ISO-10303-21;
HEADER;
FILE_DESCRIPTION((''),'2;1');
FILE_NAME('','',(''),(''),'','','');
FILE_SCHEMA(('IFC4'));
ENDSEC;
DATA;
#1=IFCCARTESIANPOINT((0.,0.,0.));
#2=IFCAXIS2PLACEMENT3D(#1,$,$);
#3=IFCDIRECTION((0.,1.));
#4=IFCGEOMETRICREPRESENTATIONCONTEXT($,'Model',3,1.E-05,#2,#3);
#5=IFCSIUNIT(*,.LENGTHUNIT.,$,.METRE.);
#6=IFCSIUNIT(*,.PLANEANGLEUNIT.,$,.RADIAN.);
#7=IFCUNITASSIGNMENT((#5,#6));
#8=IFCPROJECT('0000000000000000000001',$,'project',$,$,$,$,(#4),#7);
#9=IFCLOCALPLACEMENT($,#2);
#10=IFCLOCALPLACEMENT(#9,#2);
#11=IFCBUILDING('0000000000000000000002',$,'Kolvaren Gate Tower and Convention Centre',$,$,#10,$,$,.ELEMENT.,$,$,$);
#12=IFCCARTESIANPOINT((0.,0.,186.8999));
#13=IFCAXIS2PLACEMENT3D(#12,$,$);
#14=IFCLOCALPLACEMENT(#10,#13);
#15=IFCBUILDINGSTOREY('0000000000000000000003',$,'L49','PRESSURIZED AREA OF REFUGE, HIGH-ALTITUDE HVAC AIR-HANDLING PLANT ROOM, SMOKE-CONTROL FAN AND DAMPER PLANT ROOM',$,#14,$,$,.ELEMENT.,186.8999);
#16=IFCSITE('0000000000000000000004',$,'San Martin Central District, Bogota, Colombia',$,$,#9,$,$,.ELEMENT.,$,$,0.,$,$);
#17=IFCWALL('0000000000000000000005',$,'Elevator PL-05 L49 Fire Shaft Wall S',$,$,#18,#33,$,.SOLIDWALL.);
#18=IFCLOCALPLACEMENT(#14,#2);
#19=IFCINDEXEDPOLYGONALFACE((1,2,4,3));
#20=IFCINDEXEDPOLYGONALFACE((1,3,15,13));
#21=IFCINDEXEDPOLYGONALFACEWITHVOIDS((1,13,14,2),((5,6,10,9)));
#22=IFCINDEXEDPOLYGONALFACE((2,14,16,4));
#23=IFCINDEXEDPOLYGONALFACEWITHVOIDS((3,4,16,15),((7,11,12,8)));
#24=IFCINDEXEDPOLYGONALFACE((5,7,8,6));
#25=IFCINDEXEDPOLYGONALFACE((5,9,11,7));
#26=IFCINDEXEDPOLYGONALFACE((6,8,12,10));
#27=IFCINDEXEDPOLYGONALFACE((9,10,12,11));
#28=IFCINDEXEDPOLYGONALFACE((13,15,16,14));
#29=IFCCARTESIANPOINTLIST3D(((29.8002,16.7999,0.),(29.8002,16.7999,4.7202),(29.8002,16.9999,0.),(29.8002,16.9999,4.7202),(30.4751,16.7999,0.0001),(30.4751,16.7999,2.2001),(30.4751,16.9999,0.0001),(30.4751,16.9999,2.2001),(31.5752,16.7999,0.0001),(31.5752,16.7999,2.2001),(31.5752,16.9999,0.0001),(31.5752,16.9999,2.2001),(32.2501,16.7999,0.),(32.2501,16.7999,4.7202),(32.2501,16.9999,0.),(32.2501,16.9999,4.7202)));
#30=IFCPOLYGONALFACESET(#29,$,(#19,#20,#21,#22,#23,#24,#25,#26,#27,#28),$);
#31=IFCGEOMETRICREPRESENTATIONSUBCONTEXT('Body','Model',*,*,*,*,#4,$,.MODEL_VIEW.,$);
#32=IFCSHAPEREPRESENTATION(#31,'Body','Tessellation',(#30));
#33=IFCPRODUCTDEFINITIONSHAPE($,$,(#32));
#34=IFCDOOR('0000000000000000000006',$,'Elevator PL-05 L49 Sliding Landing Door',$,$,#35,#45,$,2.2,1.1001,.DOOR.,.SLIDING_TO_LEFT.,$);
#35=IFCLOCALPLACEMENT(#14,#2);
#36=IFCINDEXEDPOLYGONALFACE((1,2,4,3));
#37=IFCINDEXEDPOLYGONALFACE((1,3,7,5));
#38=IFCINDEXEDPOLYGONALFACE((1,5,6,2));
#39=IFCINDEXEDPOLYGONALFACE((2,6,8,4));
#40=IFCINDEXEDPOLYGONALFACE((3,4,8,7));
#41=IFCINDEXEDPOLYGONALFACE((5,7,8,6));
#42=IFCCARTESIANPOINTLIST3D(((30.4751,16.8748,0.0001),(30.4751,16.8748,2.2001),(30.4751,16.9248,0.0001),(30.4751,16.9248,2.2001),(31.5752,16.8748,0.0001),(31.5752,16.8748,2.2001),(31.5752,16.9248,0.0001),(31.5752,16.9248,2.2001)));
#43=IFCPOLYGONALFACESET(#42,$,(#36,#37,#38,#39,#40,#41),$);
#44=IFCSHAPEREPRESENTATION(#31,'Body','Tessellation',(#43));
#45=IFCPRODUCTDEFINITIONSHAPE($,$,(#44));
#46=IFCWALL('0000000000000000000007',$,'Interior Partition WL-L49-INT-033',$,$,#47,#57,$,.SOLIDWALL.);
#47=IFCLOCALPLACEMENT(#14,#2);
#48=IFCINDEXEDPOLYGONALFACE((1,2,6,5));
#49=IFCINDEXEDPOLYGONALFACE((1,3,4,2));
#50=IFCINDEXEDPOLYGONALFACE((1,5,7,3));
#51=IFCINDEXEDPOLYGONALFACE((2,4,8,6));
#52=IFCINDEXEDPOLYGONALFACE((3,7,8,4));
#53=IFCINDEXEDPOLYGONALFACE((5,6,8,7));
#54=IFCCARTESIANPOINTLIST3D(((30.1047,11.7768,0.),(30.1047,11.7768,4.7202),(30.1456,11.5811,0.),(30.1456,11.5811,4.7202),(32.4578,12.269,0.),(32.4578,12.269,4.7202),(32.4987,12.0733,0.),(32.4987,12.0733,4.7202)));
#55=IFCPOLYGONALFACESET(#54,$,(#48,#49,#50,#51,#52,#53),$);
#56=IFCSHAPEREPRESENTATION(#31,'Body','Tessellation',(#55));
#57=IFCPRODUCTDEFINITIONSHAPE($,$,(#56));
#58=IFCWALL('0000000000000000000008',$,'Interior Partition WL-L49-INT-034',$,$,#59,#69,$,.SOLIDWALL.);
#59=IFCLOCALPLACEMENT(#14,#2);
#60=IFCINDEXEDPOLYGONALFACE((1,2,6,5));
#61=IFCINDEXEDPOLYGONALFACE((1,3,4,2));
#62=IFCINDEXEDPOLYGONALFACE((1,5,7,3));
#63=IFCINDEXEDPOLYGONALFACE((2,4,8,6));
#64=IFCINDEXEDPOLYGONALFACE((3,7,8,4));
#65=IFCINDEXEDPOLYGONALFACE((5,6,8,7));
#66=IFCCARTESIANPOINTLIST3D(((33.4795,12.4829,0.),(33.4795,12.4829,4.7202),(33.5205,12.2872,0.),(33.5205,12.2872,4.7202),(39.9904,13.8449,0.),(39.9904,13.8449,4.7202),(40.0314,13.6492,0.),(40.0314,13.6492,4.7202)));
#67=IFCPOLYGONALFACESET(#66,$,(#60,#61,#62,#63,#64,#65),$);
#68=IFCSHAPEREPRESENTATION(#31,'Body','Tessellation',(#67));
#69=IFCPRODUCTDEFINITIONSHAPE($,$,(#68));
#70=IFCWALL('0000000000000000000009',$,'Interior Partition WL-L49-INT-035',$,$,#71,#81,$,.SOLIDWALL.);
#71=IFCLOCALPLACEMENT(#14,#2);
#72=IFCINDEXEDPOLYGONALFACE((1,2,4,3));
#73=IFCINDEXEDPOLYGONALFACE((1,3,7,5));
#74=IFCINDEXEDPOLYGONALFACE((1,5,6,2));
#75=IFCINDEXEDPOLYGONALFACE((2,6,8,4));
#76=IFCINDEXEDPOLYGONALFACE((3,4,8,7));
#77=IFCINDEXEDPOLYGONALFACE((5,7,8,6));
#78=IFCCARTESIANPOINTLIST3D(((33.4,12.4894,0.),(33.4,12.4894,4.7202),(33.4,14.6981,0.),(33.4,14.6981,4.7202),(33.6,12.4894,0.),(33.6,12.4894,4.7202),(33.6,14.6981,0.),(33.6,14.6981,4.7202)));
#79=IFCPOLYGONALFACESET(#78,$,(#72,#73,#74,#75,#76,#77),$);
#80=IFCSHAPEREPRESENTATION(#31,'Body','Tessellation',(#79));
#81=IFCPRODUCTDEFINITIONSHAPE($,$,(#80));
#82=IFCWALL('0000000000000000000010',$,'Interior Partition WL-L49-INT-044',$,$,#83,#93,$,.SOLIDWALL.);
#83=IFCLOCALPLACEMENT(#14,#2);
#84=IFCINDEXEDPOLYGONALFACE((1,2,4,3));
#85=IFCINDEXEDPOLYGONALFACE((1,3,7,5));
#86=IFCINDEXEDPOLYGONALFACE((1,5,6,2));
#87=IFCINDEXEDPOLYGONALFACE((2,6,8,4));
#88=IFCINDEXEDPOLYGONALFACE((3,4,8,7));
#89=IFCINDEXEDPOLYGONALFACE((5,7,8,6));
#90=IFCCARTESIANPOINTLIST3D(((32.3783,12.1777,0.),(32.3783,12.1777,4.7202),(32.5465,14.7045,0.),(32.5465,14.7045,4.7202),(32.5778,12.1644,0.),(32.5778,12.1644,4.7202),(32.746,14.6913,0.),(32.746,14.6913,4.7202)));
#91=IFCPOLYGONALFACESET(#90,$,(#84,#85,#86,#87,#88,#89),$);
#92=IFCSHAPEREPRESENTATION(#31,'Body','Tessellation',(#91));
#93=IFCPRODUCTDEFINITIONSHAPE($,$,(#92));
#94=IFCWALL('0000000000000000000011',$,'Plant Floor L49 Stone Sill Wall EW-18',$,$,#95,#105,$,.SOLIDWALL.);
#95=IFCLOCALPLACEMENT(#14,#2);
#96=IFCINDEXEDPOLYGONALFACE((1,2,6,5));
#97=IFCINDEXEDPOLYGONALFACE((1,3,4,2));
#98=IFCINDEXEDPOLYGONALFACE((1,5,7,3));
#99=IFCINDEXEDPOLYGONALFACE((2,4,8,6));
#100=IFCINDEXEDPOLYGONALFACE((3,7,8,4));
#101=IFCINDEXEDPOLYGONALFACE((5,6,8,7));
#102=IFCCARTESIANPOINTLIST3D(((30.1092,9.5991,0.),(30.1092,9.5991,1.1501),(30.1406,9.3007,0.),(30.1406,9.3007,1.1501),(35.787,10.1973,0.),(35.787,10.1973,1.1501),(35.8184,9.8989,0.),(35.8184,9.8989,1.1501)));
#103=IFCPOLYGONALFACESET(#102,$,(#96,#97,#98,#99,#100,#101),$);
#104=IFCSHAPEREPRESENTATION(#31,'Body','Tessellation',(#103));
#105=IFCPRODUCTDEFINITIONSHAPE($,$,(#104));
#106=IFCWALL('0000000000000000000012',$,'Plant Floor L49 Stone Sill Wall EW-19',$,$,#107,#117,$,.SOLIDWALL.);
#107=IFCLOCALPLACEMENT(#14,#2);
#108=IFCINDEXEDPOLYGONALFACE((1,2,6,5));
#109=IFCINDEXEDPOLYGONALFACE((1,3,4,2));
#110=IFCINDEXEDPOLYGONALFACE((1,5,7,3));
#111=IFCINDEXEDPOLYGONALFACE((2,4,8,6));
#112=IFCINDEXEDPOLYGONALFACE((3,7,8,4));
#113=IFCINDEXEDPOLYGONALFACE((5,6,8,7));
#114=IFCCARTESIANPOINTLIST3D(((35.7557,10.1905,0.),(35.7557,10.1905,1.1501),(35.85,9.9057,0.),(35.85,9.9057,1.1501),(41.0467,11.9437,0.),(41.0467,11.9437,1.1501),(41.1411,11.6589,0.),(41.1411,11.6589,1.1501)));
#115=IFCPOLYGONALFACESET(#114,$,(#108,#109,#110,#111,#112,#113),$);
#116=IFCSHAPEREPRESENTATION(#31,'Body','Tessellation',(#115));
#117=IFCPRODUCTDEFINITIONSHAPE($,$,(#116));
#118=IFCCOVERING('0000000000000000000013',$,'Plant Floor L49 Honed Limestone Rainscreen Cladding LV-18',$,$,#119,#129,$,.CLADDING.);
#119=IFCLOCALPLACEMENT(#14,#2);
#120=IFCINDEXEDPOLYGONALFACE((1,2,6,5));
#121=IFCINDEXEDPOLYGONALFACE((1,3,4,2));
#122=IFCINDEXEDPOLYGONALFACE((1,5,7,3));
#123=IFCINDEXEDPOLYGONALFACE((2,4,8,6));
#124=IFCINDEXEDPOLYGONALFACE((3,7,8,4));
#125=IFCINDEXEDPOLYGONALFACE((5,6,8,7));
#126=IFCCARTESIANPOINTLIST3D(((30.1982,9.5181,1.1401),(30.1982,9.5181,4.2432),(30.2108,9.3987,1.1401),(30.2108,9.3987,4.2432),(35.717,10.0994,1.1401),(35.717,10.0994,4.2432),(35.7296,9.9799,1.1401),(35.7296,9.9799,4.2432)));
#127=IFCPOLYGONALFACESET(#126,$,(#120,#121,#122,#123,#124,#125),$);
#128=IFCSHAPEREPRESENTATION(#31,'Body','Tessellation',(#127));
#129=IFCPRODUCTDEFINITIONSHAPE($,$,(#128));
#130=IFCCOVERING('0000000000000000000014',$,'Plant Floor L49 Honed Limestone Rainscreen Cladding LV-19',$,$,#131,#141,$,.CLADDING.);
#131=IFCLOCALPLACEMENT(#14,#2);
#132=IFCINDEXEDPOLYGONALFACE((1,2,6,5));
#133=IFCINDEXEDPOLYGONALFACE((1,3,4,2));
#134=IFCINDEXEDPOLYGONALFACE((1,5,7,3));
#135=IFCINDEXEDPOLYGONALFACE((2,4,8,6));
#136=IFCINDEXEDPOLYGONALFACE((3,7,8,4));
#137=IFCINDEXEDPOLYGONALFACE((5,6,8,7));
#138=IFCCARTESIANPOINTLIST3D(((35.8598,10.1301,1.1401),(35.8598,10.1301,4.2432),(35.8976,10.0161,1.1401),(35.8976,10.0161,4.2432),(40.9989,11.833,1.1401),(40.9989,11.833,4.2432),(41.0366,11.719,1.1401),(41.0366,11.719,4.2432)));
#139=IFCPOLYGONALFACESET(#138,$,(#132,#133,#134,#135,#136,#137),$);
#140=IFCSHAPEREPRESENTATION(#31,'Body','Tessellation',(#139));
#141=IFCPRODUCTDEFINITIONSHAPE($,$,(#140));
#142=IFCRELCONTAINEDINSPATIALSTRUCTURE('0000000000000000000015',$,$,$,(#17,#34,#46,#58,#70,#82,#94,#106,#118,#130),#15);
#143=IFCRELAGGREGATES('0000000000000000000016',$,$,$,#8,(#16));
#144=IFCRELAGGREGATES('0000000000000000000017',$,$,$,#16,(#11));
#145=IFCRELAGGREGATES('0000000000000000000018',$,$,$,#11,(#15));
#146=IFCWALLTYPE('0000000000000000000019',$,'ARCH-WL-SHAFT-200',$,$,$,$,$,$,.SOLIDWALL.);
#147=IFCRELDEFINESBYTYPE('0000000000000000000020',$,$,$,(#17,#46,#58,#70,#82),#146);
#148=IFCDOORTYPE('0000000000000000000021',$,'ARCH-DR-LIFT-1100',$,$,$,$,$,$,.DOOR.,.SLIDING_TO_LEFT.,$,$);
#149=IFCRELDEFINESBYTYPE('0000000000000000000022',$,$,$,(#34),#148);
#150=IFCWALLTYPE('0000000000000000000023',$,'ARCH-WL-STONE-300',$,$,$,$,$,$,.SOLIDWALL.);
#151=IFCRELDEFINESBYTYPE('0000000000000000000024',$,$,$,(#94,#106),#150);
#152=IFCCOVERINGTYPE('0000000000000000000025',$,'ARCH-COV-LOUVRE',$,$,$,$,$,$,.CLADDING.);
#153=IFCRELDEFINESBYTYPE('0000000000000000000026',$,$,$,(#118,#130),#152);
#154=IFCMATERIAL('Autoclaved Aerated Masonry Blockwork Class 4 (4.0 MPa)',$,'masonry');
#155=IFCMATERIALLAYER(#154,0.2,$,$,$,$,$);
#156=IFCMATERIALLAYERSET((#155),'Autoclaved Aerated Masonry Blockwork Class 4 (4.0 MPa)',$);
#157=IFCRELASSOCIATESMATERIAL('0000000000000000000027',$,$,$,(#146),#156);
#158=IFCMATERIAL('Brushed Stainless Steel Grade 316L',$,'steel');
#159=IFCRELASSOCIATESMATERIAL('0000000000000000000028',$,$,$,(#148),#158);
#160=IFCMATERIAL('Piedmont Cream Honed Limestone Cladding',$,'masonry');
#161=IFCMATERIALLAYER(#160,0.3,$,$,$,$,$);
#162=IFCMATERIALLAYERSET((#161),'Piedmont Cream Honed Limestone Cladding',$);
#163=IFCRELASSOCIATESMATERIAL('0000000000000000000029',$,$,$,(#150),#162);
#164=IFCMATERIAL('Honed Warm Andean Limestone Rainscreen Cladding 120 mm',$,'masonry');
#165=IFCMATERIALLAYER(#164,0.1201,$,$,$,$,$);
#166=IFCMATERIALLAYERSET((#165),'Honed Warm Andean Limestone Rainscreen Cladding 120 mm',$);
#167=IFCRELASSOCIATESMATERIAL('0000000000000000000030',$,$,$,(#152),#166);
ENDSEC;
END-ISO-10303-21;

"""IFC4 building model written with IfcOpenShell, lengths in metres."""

from ifc_helpers import new_model, si_unit, direction, frame, frame_2d, origin, origin_2d, place, context, subcontext, project, spatial, rectangle, extrude, material, layer, layer_set, type_object, element, fill, save


model = new_model("IFC4")

# Units and contexts
model_context = context("Model", 3, precision=1e-05, world=origin(), true_north=direction((0.0, 1.0)))
body_context = subcontext(model_context, "Body", "Model", "MODEL_VIEW")
ifc_project = project(units=[si_unit("LENGTHUNIT", "METRE"), si_unit("PLANEANGLEUNIT", "RADIAN")], contexts=[model_context])

# Site, building, storey
site_placement = place(None, origin())
site = spatial("IfcSite", under=ifc_project, at=site_placement, Name="San Martin Central District, Bogota, Colombia", CompositionType="ELEMENT", RefElevation=0.0)
building_placement = place(site_placement, origin())
building = spatial("IfcBuilding", under=site, at=building_placement, Name="Kolvaren Gate Tower and Convention Centre", CompositionType="ELEMENT")
storey_placement = place(building_placement, frame((0.0, 0.0, 186.8999)))
storey = spatial("IfcBuildingStorey", under=building, at=storey_placement, Name="L49", Description="PRESSURIZED AREA OF REFUGE, HIGH-ALTITUDE HVAC AIR-HANDLING PLANT ROOM, SMOKE-CONTROL FAN AND DAMPER PLANT ROOM", CompositionType="ELEMENT", Elevation=186.8999)

# Wall, opening, door
ifc_material_1 = material(Name="Autoclaved Aerated Masonry Blockwork Class 4 (4.0 MPa)", Category="masonry")
ifc_layer_1 = layer(ifc_material_1, 0.2)
ifc_layer_set_1 = layer_set([ifc_layer_1], Name="Autoclaved Aerated Masonry Blockwork Class 4 (4.0 MPa)")
wall_type_1 = type_object("IfcWallType", Name="ARCH-WL-SHAFT-200", PredefinedType="SOLIDWALL", material=ifc_layer_set_1)
wall_1_placement = place(storey_placement, frame((29.8, 16.8999, 0.0), z_axis=(0.0, 0.0, 1.0), x_axis=(1.0, 0.0, 0.0)))
wall_1 = element("IfcWall", 1, at=wall_1_placement, inside=storey, type_object=wall_type_1, Name="Elevator PL-05 L49 Fire Shaft Wall S", PredefinedType="SOLIDWALL", context=body_context, shape_type="SweptSolid", body=[
    extrude(rectangle(XDim=2.45, YDim=0.2, at=frame_2d((1.2251, 0.0))), origin(), (0.0, 0.0, 1.0), 4.7202),
])
opening_placement = place(wall_1_placement, frame((0.675, 0.0, 0.0)))
opening = element("IfcOpeningElement", 2, at=opening_placement, cuts=wall_1, PredefinedType="OPENING", context=body_context, shape_type="SweptSolid", body=[
    extrude(rectangle(XDim=1.1001, YDim=2.2, at=frame_2d((0.55, 1.1001))), frame((0.0, 0.1099, 0.0), z_axis=(0.0, -1.0, 0.0), x_axis=(1.0, 0.0, 0.0)), (0.0, 0.0, 1.0), 0.22),
])
ifc_material_2 = material(Name="Brushed Stainless Steel Grade 316L", Category="steel")
door_type = type_object("IfcDoorType", Name="ARCH-DR-LIFT-1100", OperationType="SLIDING_TO_LEFT", PredefinedType="DOOR", material=ifc_material_2)
door_placement = place(opening_placement, origin())
door = element("IfcDoor", 3, at=door_placement, inside=storey, type_object=door_type, Name="Elevator PL-05 L49 Sliding Landing Door", OperationType="SLIDING_TO_LEFT", OverallHeight=2.2, OverallWidth=1.1001, PredefinedType="DOOR", context=body_context, shape_type="SweptSolid", body=[
    extrude(rectangle(XDim=1.1001, YDim=2.2, at=frame_2d((0.55, 1.1001))), frame((0.0, 0.0249, 0.0), z_axis=(0.0, -1.0, 0.0), x_axis=(1.0, 0.0, 0.0)), (0.0, 0.0, 1.0), 0.05),
])
fill(opening, door)

# Walls
wall_2_placement = place(storey_placement, frame((30.125, 11.679, 0.0), z_axis=(0.0, 0.0, 1.0), x_axis=(0.978816, 0.204741, 0.0)))
element("IfcWall", 4, at=wall_2_placement, inside=storey, type_object=wall_type_1, Name="Interior Partition WL-L49-INT-033", PredefinedType="SOLIDWALL", context=body_context, shape_type="SweptSolid", body=[
    extrude(rectangle(XDim=2.4041, YDim=0.2, at=frame_2d((1.2021, 0.0))), origin(), (0.0, 0.0, 1.0), 4.7202),
])
wall_3_placement = place(storey_placement, frame((33.5, 12.385, 0.0), z_axis=(0.0, 0.0, 1.0), x_axis=(0.978812, 0.204762, 0.0)))
element("IfcWall", 5, at=wall_3_placement, inside=storey, type_object=wall_type_1, Name="Interior Partition WL-L49-INT-034", PredefinedType="SOLIDWALL", context=body_context, shape_type="SweptSolid", body=[
    extrude(rectangle(XDim=6.6519, YDim=0.2, at=frame_2d((3.3259, 0.0))), origin(), (0.0, 0.0, 1.0), 4.7202),
])
wall_4_placement = place(storey_placement, frame((33.5, 12.4893, 0.0), z_axis=(0.0, 0.0, 1.0), x_axis=(0.0, 1.0, 0.0)))
element("IfcWall", 6, at=wall_4_placement, inside=storey, type_object=wall_type_1, Name="Interior Partition WL-L49-INT-035", PredefinedType="SOLIDWALL", context=body_context, shape_type="SweptSolid", body=[
    extrude(rectangle(XDim=2.2087, YDim=0.2, at=frame_2d((1.1045, 0.0))), origin(), (0.0, 0.0, 1.0), 4.7202),
])
wall_5_placement = place(storey_placement, frame((32.478, 12.1711, 0.0), z_axis=(0.0, 0.0, 1.0), x_axis=(0.066423, 0.997792, 0.0)))
element("IfcWall", 7, at=wall_5_placement, inside=storey, type_object=wall_type_1, Name="Interior Partition WL-L49-INT-044", PredefinedType="SOLIDWALL", context=body_context, shape_type="SweptSolid", body=[
    extrude(rectangle(XDim=2.5325, YDim=0.2, at=frame_2d((1.2661, 0.0))), origin(), (0.0, 0.0, 1.0), 4.7202),
])
ifc_material_3 = material(Name="Piedmont Cream Honed Limestone Cladding", Category="masonry")
ifc_layer_2 = layer(ifc_material_3, 0.3)
ifc_layer_set_2 = layer_set([ifc_layer_2], Name="Piedmont Cream Honed Limestone Cladding")
wall_type_2 = type_object("IfcWallType", Name="ARCH-WL-STONE-300", PredefinedType="SOLIDWALL", material=ifc_layer_set_2)
wall_6_placement = place(storey_placement, frame((30.125, 9.45, 0.0), z_axis=(0.0, 0.0, 1.0), x_axis=(0.994497, 0.104769, 0.0)))
element("IfcWall", 8, at=wall_6_placement, inside=storey, type_object=wall_type_2, Name="Plant Floor L49 Stone Sill Wall EW-18", PredefinedType="SOLIDWALL", context=body_context, shape_type="SweptSolid", body=[
    extrude(rectangle(XDim=5.7092, YDim=0.3, at=frame_2d((2.8545, 0.0))), origin(), (0.0, 0.0, 1.0), 1.1501),
])
wall_7_placement = place(storey_placement, frame((35.8027, 10.0481, 0.0), z_axis=(0.0, 0.0, 1.0), x_axis=(0.949247, 0.314532, 0.0)))
element("IfcWall", 9, at=wall_7_placement, inside=storey, type_object=wall_type_2, Name="Plant Floor L49 Stone Sill Wall EW-19", PredefinedType="SOLIDWALL", context=body_context, shape_type="SweptSolid", body=[
    extrude(rectangle(XDim=5.574, YDim=0.3, at=frame_2d((2.7871, 0.0))), origin(), (0.0, 0.0, 1.0), 1.1501),
])

# Coverings
ifc_material_4 = material(Name="Honed Warm Andean Limestone Rainscreen Cladding 120 mm", Category="masonry")
ifc_layer_3 = layer(ifc_material_4, 0.1201)
ifc_layer_set_3 = layer_set([ifc_layer_3], Name="Honed Warm Andean Limestone Rainscreen Cladding 120 mm")
covering_type = type_object("IfcCoveringType", Name="ARCH-COV-LOUVRE", PredefinedType="CLADDING", material=ifc_layer_set_3)
covering_1_placement = place(storey_placement, frame((32.9639, 9.749, 1.1401), z_axis=(0.0, 0.0, 1.0), x_axis=(0.994499, 0.104744, 0.0)))
element("IfcCovering", 10, at=covering_1_placement, inside=storey, type_object=covering_type, Name="Plant Floor L49 Honed Limestone Rainscreen Cladding LV-18", PredefinedType="CLADDING", context=body_context, shape_type="SweptSolid", body=[
    extrude(rectangle(XDim=5.5493, YDim=0.1201, at=origin_2d()), origin(), (0.0, 0.0, 1.0), 3.103),
])
covering_2_placement = place(storey_placement, frame((38.4482, 10.9246, 1.1401), z_axis=(0.0, 0.0, 1.0), x_axis=(0.94924, 0.314554, 0.0)))
element("IfcCovering", 11, at=covering_2_placement, inside=storey, type_object=covering_type, Name="Plant Floor L49 Honed Limestone Rainscreen Cladding LV-19", PredefinedType="CLADDING", context=body_context, shape_type="SweptSolid", body=[
    extrude(rectangle(XDim=5.4138, YDim=0.1201, at=origin_2d()), origin(), (0.0, 0.0, 1.0), 3.103),
])

save(model, "model.ifc")
